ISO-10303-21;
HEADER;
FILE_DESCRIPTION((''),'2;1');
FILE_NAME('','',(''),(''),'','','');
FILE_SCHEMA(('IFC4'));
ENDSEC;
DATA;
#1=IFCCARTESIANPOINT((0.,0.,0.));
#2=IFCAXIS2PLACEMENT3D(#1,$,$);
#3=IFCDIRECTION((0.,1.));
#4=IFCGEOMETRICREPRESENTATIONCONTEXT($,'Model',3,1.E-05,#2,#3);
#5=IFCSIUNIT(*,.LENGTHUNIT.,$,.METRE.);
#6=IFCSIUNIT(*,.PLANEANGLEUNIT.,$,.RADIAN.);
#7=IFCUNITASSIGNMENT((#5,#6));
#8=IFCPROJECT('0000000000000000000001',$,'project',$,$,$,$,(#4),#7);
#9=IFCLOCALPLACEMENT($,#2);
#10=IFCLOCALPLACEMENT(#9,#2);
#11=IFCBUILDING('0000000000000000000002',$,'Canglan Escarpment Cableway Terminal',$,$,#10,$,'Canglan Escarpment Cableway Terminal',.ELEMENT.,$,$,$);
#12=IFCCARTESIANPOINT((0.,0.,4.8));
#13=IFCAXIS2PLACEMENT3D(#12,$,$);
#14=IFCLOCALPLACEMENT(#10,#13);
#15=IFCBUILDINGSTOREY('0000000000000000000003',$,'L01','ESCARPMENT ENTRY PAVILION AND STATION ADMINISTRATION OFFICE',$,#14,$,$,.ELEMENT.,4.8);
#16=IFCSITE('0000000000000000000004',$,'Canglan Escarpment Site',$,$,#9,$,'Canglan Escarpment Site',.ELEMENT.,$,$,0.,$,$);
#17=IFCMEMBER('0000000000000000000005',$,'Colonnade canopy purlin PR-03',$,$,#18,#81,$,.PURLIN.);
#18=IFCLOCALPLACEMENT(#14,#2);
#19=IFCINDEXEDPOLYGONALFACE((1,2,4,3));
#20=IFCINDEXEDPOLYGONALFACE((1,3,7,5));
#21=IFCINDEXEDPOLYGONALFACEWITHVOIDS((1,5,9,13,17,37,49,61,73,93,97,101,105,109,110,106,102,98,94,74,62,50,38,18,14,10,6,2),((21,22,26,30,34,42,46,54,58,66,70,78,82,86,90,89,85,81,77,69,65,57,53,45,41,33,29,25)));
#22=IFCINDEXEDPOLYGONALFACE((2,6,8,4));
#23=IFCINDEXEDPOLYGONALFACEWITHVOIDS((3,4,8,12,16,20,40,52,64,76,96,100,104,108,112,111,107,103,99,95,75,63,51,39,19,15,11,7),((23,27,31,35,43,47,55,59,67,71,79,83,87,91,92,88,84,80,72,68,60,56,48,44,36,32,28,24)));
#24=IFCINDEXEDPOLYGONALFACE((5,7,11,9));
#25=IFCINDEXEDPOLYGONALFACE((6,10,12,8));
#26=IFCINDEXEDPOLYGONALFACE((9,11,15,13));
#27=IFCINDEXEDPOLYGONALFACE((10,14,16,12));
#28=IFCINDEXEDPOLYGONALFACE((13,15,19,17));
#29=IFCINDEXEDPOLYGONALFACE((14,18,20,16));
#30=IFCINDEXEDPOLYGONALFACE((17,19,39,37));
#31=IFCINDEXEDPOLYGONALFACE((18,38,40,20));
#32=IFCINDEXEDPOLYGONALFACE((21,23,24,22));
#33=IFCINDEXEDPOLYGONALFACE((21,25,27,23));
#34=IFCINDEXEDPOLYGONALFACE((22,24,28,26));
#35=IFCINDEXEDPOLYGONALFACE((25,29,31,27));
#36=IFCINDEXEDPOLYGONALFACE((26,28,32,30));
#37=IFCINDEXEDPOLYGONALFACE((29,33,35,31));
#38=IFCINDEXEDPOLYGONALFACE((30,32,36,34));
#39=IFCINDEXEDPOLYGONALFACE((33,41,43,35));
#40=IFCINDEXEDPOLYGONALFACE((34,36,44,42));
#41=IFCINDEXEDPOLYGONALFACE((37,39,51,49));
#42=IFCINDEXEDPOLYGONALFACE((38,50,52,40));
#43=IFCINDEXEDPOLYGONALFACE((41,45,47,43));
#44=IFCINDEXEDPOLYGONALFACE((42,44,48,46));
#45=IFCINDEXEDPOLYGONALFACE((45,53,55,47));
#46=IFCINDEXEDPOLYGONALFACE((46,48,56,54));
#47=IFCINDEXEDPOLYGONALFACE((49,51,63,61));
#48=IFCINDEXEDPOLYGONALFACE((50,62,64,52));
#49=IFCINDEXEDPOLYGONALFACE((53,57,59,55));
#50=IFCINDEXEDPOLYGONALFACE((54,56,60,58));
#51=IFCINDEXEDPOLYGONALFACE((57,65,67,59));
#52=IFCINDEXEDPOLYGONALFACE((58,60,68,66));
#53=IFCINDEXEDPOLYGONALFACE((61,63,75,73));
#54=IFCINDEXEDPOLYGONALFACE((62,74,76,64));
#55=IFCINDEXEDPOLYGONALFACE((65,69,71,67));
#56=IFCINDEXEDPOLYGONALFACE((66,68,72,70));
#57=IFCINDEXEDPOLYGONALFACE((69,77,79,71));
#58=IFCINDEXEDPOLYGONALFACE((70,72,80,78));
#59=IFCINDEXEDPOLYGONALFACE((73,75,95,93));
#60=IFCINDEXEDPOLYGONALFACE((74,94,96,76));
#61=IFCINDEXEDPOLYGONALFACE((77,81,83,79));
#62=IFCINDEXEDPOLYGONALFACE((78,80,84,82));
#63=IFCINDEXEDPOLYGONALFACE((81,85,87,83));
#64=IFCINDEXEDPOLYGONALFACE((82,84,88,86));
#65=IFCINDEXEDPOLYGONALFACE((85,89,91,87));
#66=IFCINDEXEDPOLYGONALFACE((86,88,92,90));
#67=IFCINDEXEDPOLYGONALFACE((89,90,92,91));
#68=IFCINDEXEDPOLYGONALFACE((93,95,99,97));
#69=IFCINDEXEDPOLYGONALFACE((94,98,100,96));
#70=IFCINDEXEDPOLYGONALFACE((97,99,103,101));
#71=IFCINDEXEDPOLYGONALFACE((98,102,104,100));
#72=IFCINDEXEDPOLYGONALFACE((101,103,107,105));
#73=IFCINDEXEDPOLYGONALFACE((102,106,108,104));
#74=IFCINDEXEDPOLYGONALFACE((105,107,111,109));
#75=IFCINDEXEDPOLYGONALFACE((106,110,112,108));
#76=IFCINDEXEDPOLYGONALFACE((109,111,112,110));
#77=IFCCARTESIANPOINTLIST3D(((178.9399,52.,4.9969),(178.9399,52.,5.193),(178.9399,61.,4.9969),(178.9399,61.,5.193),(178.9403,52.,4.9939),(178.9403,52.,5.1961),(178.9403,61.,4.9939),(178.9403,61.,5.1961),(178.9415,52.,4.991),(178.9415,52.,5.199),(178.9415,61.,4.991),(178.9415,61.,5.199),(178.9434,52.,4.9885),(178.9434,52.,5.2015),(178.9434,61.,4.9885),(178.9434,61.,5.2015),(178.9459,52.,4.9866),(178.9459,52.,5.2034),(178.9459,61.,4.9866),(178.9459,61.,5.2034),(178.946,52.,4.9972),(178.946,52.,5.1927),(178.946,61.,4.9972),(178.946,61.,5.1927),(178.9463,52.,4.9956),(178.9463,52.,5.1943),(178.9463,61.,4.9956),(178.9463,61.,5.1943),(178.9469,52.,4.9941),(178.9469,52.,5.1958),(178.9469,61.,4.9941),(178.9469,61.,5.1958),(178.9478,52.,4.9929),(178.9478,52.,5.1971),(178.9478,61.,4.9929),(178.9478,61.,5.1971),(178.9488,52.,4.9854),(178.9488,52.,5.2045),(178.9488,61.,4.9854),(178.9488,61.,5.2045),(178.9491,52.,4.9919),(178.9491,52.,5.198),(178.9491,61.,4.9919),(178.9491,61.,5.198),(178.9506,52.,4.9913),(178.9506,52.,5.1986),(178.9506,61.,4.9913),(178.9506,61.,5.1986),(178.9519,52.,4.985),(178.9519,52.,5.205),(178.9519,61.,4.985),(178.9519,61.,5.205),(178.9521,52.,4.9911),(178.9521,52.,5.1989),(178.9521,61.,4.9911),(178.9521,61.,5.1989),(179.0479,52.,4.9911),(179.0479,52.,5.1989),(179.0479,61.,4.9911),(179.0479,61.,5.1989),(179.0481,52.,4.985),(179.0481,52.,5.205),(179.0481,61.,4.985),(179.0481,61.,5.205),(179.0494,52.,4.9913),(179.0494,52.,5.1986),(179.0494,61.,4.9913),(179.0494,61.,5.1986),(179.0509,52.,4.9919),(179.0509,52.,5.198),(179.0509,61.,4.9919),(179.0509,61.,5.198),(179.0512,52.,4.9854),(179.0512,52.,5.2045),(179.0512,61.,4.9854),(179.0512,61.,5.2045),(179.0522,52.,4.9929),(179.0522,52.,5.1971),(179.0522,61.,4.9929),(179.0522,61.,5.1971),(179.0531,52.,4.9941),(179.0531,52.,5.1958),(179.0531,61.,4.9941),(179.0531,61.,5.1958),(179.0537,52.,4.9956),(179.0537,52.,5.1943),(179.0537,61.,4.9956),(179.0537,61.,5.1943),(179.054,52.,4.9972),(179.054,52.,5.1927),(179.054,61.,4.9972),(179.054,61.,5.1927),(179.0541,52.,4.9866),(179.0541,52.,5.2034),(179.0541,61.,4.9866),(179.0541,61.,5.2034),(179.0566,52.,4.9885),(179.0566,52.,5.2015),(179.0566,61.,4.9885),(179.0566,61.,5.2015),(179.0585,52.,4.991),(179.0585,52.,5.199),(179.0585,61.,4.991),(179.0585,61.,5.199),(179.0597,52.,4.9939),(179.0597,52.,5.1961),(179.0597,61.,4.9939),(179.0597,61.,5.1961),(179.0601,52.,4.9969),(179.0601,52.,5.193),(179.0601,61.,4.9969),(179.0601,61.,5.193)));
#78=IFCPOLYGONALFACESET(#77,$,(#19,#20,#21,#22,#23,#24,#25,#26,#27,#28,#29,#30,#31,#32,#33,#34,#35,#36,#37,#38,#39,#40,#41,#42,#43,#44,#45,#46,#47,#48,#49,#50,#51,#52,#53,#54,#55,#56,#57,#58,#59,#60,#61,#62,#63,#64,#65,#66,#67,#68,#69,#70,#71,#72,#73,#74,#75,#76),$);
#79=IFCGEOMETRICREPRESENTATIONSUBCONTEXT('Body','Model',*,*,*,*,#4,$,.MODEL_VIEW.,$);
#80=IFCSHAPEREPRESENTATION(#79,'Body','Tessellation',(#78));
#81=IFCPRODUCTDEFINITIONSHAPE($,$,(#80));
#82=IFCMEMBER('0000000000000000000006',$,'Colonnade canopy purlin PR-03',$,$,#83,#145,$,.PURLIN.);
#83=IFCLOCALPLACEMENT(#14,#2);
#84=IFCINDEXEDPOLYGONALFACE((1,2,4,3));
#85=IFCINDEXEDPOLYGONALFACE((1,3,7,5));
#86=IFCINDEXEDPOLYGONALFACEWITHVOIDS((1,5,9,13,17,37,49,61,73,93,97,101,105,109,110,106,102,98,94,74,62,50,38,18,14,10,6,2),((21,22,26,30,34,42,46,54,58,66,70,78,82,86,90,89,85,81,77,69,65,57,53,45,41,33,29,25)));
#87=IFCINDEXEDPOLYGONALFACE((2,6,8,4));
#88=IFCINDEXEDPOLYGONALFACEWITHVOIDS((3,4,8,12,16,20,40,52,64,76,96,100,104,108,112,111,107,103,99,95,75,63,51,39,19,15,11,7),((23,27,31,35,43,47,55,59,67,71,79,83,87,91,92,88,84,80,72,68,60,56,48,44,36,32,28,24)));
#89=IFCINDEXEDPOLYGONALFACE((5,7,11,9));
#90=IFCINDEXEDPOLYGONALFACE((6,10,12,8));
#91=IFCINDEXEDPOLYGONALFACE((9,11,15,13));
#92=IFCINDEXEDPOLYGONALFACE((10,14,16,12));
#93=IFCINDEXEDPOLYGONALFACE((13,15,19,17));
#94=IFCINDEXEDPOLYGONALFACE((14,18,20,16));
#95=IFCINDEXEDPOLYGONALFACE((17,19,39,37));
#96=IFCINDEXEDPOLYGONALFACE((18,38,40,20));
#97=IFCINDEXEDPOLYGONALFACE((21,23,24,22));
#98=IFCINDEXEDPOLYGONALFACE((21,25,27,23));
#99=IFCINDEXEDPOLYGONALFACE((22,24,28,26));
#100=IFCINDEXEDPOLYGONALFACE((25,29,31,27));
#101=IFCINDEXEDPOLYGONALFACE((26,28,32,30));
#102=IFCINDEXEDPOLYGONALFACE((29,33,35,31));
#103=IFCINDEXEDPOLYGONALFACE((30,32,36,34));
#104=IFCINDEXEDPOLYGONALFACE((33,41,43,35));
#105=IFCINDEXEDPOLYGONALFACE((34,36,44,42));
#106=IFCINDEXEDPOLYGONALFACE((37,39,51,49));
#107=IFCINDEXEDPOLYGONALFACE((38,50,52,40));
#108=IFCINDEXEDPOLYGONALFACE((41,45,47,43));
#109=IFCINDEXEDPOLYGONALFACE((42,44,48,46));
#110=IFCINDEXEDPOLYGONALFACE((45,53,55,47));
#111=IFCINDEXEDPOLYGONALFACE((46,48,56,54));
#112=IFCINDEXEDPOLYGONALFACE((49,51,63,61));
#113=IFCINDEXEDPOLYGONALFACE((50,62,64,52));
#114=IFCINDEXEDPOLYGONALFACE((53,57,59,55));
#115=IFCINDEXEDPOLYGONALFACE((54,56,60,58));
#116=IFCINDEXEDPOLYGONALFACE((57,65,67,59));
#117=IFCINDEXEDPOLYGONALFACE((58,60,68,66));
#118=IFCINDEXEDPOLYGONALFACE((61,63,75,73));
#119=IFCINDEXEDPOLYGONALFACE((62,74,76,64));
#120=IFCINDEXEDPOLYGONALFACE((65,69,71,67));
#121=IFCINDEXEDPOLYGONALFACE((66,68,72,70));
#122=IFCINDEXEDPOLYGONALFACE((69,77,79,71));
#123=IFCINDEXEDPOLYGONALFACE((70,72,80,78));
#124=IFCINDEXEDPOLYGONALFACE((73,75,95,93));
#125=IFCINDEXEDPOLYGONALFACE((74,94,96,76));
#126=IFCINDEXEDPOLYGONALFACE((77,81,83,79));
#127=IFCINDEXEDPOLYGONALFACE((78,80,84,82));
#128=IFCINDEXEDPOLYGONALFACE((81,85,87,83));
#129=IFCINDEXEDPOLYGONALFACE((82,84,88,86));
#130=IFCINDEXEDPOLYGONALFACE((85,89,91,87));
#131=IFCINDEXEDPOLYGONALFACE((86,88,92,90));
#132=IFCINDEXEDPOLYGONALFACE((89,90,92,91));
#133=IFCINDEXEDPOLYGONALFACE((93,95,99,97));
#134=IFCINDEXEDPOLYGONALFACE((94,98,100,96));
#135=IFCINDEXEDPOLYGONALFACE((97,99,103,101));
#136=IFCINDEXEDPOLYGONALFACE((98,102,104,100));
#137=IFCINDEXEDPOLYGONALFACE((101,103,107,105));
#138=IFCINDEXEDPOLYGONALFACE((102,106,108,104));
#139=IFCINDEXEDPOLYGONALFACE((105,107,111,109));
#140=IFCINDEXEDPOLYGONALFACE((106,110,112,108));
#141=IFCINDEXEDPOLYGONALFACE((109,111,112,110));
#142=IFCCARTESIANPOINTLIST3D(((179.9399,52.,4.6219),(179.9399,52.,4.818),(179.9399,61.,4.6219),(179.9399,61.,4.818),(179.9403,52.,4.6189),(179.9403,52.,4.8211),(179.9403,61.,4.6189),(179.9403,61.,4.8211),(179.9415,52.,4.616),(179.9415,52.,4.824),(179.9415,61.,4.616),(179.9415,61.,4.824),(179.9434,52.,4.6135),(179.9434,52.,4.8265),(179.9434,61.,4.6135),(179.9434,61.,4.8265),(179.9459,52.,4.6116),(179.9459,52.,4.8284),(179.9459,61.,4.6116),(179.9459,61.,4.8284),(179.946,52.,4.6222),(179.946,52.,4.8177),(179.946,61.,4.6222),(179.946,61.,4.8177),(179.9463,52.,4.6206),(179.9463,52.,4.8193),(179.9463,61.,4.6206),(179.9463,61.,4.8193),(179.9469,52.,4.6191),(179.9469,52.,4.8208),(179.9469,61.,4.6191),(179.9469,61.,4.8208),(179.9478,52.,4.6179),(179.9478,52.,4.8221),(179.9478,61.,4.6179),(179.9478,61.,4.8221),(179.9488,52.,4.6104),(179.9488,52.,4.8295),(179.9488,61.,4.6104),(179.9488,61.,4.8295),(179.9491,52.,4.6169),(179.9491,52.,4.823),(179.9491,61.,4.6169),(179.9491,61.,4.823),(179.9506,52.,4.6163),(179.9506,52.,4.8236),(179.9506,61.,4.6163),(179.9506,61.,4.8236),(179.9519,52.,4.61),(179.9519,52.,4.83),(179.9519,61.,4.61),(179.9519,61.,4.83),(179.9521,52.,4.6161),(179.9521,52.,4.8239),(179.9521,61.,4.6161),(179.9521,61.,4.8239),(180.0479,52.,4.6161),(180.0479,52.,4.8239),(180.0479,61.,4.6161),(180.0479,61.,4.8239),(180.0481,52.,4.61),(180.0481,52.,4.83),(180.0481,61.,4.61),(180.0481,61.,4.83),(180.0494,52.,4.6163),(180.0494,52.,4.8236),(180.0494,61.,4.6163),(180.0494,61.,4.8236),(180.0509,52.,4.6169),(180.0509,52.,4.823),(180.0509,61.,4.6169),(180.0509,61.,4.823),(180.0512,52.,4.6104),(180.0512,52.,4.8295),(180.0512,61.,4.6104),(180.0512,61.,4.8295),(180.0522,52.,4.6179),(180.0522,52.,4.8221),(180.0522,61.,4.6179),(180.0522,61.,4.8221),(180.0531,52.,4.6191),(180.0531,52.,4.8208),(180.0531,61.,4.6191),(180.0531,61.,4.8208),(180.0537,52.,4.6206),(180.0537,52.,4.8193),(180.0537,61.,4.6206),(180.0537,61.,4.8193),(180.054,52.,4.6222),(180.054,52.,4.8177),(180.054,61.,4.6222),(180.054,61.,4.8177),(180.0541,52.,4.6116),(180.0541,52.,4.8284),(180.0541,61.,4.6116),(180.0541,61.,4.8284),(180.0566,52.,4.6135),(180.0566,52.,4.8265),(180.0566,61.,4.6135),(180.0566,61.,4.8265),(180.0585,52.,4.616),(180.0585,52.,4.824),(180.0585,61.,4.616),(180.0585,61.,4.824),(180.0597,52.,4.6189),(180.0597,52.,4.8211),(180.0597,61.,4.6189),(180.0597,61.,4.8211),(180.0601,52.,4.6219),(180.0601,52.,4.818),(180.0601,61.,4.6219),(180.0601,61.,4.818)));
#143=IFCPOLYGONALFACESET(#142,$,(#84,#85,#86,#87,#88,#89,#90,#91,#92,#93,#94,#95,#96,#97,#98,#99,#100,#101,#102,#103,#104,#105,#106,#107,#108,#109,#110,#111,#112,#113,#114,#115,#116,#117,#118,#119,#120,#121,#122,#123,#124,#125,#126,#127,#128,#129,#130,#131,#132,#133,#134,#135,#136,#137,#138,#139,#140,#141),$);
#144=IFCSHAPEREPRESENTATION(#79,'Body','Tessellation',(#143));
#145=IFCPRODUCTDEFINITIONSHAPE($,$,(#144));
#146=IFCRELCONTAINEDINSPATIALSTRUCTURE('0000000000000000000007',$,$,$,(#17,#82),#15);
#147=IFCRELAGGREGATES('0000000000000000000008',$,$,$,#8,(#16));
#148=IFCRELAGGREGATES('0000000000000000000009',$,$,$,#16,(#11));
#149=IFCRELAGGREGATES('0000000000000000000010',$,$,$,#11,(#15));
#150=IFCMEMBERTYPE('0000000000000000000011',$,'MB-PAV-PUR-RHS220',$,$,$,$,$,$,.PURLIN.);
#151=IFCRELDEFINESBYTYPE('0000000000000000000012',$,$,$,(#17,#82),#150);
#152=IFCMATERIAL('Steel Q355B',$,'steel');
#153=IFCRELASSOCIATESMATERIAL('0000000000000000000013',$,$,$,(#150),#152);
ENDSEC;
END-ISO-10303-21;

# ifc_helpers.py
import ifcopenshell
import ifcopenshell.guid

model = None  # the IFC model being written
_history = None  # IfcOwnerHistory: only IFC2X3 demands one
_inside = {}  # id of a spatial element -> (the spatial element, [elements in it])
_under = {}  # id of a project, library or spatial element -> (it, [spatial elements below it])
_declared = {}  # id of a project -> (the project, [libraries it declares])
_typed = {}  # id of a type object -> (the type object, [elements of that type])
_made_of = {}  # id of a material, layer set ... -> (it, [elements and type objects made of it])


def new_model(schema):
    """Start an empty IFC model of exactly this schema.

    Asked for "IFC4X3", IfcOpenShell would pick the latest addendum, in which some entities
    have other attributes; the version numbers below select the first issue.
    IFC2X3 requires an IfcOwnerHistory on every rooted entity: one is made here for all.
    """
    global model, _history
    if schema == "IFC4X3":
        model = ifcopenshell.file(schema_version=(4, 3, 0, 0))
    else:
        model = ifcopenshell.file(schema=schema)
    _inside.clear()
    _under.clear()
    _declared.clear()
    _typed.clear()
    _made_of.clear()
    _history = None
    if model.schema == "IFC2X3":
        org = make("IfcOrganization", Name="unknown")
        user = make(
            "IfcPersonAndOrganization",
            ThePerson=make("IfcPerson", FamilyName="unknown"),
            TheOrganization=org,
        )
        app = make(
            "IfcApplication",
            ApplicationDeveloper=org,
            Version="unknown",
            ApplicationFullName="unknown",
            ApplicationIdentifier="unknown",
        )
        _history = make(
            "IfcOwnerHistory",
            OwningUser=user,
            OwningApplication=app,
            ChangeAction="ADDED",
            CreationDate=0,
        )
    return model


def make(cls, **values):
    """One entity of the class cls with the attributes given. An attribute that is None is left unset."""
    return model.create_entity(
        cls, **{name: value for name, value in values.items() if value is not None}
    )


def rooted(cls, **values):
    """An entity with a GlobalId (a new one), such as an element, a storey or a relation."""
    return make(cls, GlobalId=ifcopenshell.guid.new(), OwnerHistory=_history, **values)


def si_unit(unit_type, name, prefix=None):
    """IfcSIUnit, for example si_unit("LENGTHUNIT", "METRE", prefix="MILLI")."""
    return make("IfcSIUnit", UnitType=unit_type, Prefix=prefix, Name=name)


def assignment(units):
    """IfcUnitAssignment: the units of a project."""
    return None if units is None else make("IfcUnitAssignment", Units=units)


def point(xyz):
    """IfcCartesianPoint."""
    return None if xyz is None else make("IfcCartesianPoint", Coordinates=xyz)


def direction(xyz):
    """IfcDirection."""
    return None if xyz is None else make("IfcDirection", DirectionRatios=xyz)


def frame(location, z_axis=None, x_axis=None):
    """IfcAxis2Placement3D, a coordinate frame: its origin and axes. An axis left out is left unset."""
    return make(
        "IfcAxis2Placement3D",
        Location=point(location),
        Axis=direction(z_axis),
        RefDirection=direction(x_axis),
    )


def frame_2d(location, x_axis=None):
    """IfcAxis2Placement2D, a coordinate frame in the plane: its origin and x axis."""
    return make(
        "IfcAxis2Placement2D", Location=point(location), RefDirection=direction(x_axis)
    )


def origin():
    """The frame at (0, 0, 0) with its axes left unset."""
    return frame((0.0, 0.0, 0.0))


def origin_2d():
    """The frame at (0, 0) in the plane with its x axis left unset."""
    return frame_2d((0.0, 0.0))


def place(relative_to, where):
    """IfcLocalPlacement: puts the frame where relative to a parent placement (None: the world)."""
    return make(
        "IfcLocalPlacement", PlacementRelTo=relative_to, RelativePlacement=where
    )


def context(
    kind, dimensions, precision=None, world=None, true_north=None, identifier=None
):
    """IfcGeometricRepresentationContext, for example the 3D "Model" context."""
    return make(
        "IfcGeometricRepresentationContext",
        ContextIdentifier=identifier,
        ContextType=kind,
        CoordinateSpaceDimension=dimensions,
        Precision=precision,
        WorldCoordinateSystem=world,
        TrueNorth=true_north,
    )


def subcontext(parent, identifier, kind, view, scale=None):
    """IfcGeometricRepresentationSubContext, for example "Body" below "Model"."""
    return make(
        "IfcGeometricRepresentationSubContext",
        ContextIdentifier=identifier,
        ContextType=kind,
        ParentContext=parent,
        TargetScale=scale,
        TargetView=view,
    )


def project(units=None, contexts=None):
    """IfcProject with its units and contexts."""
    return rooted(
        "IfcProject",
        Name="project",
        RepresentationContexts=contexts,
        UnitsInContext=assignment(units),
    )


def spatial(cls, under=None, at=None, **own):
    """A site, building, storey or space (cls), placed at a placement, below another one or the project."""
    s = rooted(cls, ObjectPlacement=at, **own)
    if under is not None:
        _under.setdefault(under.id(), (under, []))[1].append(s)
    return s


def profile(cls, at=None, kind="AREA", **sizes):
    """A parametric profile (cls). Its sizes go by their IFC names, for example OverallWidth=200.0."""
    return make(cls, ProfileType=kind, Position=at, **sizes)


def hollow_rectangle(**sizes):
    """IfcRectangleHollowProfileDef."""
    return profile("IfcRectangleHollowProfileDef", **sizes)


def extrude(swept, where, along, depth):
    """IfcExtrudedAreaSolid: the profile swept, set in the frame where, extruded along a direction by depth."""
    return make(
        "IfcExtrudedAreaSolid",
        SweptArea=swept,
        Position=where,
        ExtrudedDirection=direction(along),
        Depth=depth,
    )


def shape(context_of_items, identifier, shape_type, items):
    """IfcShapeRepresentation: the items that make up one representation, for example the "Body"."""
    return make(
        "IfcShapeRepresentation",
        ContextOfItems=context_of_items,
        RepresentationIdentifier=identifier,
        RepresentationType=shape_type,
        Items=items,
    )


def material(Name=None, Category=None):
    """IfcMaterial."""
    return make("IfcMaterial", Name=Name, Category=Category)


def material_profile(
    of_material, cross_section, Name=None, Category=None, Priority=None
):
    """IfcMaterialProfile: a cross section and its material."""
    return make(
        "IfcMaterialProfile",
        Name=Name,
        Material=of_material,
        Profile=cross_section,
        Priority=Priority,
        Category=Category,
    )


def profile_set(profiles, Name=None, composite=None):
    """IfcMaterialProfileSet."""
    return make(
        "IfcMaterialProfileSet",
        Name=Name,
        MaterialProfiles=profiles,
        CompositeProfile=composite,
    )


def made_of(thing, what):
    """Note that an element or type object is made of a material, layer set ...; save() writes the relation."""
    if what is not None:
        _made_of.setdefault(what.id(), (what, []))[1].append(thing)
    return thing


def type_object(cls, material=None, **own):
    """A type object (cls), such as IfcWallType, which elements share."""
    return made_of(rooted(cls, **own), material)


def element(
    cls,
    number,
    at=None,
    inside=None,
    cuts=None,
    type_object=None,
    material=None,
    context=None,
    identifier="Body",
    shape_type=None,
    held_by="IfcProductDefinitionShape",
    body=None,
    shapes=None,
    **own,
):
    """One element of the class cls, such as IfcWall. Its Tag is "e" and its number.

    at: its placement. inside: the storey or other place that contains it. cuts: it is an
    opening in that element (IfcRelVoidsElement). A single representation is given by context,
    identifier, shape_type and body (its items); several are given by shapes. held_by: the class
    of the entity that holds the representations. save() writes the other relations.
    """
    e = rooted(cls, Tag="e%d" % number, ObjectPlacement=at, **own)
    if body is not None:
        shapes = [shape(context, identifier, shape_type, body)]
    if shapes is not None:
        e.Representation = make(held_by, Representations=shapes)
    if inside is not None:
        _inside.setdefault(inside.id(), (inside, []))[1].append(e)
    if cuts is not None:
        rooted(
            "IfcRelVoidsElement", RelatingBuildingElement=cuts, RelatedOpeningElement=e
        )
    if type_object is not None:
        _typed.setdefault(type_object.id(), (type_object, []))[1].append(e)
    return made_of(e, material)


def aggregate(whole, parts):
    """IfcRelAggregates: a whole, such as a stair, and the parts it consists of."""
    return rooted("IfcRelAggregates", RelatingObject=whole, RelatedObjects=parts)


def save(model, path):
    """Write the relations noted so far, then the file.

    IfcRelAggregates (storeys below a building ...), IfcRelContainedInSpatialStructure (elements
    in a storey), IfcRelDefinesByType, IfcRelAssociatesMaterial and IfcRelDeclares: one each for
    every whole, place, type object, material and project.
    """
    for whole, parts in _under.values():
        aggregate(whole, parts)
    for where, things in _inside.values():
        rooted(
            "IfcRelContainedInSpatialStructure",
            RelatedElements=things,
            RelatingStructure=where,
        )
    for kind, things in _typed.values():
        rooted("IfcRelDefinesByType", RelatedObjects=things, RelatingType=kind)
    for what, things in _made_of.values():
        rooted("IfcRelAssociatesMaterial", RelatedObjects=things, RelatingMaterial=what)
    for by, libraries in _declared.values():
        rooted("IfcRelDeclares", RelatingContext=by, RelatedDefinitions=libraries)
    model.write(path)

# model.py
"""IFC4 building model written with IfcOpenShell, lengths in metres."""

from ifc_helpers import new_model, si_unit, direction, frame, origin, origin_2d, place, context, subcontext, project, spatial, hollow_rectangle, extrude, material, material_profile, profile_set, type_object, element, save


model = new_model("IFC4")

# Units and contexts
model_context = context("Model", 3, precision=1e-05, world=origin(), true_north=direction((0.0, 1.0)))
body_context = subcontext(model_context, "Body", "Model", "MODEL_VIEW")
ifc_project = project(units=[si_unit("LENGTHUNIT", "METRE"), si_unit("PLANEANGLEUNIT", "RADIAN")], contexts=[model_context])

# Site, building, storey
site_placement = place(None, origin())
site = spatial("IfcSite", under=ifc_project, at=site_placement, Name="Canglan Escarpment Site", LongName="Canglan Escarpment Site", CompositionType="ELEMENT", RefElevation=0.0)
building_placement = place(site_placement, origin())
building = spatial("IfcBuilding", under=site, at=building_placement, Name="Canglan Escarpment Cableway Terminal", LongName="Canglan Escarpment Cableway Terminal", CompositionType="ELEMENT")
storey_placement = place(building_placement, frame((0.0, 0.0, 4.8)))
storey = spatial("IfcBuildingStorey", under=building, at=storey_placement, Name="L01", Description="ESCARPMENT ENTRY PAVILION AND STATION ADMINISTRATION OFFICE", CompositionType="ELEMENT", Elevation=4.8)

# Shared definitions
ifc_material_1 = material(Name="Steel Q355B", Category="steel")

# Members
ifc_material_profile_1 = material_profile(ifc_material_1, hollow_rectangle(XDim=0.1201, YDim=0.22, WallThickness=0.0061, InnerFilletRadius=0.0061, OuterFilletRadius=0.012, at=origin_2d()), Name="RHS 220x120x6")
ifc_profile_set_1 = profile_set([ifc_material_profile_1], Name="Steel Q355B")
member_type_1 = type_object("IfcMemberType", Name="MB-PAV-PUR-RHS220", PredefinedType="PURLIN", material=ifc_profile_set_1)
for number, where, z_axis, x_axis, name in (
    (1, (179.0, 52.0, 5.095), (0.0, 1.0, 0.0), (-1.0, 0.0, 0.0), "Colonnade canopy purlin PR-03"),
    (2, (180.0, 52.0, 4.72), (0.0, 1.0, 0.0), (-1.0, 0.0, 0.0), "Colonnade canopy purlin PR-03"),
):
    element("IfcMember", number, at=place(storey_placement, frame(where, z_axis=z_axis, x_axis=x_axis)), inside=storey, type_object=member_type_1, Name=name, PredefinedType="PURLIN", context=body_context, shape_type="SweptSolid", body=[
        extrude(hollow_rectangle(XDim=0.1201, YDim=0.22, WallThickness=0.0061, InnerFilletRadius=0.0061, OuterFilletRadius=0.012, at=origin_2d()), origin(), (0.0, 0.0, 1.0), 9.0),
    ])

save(model, "model.ifc")
